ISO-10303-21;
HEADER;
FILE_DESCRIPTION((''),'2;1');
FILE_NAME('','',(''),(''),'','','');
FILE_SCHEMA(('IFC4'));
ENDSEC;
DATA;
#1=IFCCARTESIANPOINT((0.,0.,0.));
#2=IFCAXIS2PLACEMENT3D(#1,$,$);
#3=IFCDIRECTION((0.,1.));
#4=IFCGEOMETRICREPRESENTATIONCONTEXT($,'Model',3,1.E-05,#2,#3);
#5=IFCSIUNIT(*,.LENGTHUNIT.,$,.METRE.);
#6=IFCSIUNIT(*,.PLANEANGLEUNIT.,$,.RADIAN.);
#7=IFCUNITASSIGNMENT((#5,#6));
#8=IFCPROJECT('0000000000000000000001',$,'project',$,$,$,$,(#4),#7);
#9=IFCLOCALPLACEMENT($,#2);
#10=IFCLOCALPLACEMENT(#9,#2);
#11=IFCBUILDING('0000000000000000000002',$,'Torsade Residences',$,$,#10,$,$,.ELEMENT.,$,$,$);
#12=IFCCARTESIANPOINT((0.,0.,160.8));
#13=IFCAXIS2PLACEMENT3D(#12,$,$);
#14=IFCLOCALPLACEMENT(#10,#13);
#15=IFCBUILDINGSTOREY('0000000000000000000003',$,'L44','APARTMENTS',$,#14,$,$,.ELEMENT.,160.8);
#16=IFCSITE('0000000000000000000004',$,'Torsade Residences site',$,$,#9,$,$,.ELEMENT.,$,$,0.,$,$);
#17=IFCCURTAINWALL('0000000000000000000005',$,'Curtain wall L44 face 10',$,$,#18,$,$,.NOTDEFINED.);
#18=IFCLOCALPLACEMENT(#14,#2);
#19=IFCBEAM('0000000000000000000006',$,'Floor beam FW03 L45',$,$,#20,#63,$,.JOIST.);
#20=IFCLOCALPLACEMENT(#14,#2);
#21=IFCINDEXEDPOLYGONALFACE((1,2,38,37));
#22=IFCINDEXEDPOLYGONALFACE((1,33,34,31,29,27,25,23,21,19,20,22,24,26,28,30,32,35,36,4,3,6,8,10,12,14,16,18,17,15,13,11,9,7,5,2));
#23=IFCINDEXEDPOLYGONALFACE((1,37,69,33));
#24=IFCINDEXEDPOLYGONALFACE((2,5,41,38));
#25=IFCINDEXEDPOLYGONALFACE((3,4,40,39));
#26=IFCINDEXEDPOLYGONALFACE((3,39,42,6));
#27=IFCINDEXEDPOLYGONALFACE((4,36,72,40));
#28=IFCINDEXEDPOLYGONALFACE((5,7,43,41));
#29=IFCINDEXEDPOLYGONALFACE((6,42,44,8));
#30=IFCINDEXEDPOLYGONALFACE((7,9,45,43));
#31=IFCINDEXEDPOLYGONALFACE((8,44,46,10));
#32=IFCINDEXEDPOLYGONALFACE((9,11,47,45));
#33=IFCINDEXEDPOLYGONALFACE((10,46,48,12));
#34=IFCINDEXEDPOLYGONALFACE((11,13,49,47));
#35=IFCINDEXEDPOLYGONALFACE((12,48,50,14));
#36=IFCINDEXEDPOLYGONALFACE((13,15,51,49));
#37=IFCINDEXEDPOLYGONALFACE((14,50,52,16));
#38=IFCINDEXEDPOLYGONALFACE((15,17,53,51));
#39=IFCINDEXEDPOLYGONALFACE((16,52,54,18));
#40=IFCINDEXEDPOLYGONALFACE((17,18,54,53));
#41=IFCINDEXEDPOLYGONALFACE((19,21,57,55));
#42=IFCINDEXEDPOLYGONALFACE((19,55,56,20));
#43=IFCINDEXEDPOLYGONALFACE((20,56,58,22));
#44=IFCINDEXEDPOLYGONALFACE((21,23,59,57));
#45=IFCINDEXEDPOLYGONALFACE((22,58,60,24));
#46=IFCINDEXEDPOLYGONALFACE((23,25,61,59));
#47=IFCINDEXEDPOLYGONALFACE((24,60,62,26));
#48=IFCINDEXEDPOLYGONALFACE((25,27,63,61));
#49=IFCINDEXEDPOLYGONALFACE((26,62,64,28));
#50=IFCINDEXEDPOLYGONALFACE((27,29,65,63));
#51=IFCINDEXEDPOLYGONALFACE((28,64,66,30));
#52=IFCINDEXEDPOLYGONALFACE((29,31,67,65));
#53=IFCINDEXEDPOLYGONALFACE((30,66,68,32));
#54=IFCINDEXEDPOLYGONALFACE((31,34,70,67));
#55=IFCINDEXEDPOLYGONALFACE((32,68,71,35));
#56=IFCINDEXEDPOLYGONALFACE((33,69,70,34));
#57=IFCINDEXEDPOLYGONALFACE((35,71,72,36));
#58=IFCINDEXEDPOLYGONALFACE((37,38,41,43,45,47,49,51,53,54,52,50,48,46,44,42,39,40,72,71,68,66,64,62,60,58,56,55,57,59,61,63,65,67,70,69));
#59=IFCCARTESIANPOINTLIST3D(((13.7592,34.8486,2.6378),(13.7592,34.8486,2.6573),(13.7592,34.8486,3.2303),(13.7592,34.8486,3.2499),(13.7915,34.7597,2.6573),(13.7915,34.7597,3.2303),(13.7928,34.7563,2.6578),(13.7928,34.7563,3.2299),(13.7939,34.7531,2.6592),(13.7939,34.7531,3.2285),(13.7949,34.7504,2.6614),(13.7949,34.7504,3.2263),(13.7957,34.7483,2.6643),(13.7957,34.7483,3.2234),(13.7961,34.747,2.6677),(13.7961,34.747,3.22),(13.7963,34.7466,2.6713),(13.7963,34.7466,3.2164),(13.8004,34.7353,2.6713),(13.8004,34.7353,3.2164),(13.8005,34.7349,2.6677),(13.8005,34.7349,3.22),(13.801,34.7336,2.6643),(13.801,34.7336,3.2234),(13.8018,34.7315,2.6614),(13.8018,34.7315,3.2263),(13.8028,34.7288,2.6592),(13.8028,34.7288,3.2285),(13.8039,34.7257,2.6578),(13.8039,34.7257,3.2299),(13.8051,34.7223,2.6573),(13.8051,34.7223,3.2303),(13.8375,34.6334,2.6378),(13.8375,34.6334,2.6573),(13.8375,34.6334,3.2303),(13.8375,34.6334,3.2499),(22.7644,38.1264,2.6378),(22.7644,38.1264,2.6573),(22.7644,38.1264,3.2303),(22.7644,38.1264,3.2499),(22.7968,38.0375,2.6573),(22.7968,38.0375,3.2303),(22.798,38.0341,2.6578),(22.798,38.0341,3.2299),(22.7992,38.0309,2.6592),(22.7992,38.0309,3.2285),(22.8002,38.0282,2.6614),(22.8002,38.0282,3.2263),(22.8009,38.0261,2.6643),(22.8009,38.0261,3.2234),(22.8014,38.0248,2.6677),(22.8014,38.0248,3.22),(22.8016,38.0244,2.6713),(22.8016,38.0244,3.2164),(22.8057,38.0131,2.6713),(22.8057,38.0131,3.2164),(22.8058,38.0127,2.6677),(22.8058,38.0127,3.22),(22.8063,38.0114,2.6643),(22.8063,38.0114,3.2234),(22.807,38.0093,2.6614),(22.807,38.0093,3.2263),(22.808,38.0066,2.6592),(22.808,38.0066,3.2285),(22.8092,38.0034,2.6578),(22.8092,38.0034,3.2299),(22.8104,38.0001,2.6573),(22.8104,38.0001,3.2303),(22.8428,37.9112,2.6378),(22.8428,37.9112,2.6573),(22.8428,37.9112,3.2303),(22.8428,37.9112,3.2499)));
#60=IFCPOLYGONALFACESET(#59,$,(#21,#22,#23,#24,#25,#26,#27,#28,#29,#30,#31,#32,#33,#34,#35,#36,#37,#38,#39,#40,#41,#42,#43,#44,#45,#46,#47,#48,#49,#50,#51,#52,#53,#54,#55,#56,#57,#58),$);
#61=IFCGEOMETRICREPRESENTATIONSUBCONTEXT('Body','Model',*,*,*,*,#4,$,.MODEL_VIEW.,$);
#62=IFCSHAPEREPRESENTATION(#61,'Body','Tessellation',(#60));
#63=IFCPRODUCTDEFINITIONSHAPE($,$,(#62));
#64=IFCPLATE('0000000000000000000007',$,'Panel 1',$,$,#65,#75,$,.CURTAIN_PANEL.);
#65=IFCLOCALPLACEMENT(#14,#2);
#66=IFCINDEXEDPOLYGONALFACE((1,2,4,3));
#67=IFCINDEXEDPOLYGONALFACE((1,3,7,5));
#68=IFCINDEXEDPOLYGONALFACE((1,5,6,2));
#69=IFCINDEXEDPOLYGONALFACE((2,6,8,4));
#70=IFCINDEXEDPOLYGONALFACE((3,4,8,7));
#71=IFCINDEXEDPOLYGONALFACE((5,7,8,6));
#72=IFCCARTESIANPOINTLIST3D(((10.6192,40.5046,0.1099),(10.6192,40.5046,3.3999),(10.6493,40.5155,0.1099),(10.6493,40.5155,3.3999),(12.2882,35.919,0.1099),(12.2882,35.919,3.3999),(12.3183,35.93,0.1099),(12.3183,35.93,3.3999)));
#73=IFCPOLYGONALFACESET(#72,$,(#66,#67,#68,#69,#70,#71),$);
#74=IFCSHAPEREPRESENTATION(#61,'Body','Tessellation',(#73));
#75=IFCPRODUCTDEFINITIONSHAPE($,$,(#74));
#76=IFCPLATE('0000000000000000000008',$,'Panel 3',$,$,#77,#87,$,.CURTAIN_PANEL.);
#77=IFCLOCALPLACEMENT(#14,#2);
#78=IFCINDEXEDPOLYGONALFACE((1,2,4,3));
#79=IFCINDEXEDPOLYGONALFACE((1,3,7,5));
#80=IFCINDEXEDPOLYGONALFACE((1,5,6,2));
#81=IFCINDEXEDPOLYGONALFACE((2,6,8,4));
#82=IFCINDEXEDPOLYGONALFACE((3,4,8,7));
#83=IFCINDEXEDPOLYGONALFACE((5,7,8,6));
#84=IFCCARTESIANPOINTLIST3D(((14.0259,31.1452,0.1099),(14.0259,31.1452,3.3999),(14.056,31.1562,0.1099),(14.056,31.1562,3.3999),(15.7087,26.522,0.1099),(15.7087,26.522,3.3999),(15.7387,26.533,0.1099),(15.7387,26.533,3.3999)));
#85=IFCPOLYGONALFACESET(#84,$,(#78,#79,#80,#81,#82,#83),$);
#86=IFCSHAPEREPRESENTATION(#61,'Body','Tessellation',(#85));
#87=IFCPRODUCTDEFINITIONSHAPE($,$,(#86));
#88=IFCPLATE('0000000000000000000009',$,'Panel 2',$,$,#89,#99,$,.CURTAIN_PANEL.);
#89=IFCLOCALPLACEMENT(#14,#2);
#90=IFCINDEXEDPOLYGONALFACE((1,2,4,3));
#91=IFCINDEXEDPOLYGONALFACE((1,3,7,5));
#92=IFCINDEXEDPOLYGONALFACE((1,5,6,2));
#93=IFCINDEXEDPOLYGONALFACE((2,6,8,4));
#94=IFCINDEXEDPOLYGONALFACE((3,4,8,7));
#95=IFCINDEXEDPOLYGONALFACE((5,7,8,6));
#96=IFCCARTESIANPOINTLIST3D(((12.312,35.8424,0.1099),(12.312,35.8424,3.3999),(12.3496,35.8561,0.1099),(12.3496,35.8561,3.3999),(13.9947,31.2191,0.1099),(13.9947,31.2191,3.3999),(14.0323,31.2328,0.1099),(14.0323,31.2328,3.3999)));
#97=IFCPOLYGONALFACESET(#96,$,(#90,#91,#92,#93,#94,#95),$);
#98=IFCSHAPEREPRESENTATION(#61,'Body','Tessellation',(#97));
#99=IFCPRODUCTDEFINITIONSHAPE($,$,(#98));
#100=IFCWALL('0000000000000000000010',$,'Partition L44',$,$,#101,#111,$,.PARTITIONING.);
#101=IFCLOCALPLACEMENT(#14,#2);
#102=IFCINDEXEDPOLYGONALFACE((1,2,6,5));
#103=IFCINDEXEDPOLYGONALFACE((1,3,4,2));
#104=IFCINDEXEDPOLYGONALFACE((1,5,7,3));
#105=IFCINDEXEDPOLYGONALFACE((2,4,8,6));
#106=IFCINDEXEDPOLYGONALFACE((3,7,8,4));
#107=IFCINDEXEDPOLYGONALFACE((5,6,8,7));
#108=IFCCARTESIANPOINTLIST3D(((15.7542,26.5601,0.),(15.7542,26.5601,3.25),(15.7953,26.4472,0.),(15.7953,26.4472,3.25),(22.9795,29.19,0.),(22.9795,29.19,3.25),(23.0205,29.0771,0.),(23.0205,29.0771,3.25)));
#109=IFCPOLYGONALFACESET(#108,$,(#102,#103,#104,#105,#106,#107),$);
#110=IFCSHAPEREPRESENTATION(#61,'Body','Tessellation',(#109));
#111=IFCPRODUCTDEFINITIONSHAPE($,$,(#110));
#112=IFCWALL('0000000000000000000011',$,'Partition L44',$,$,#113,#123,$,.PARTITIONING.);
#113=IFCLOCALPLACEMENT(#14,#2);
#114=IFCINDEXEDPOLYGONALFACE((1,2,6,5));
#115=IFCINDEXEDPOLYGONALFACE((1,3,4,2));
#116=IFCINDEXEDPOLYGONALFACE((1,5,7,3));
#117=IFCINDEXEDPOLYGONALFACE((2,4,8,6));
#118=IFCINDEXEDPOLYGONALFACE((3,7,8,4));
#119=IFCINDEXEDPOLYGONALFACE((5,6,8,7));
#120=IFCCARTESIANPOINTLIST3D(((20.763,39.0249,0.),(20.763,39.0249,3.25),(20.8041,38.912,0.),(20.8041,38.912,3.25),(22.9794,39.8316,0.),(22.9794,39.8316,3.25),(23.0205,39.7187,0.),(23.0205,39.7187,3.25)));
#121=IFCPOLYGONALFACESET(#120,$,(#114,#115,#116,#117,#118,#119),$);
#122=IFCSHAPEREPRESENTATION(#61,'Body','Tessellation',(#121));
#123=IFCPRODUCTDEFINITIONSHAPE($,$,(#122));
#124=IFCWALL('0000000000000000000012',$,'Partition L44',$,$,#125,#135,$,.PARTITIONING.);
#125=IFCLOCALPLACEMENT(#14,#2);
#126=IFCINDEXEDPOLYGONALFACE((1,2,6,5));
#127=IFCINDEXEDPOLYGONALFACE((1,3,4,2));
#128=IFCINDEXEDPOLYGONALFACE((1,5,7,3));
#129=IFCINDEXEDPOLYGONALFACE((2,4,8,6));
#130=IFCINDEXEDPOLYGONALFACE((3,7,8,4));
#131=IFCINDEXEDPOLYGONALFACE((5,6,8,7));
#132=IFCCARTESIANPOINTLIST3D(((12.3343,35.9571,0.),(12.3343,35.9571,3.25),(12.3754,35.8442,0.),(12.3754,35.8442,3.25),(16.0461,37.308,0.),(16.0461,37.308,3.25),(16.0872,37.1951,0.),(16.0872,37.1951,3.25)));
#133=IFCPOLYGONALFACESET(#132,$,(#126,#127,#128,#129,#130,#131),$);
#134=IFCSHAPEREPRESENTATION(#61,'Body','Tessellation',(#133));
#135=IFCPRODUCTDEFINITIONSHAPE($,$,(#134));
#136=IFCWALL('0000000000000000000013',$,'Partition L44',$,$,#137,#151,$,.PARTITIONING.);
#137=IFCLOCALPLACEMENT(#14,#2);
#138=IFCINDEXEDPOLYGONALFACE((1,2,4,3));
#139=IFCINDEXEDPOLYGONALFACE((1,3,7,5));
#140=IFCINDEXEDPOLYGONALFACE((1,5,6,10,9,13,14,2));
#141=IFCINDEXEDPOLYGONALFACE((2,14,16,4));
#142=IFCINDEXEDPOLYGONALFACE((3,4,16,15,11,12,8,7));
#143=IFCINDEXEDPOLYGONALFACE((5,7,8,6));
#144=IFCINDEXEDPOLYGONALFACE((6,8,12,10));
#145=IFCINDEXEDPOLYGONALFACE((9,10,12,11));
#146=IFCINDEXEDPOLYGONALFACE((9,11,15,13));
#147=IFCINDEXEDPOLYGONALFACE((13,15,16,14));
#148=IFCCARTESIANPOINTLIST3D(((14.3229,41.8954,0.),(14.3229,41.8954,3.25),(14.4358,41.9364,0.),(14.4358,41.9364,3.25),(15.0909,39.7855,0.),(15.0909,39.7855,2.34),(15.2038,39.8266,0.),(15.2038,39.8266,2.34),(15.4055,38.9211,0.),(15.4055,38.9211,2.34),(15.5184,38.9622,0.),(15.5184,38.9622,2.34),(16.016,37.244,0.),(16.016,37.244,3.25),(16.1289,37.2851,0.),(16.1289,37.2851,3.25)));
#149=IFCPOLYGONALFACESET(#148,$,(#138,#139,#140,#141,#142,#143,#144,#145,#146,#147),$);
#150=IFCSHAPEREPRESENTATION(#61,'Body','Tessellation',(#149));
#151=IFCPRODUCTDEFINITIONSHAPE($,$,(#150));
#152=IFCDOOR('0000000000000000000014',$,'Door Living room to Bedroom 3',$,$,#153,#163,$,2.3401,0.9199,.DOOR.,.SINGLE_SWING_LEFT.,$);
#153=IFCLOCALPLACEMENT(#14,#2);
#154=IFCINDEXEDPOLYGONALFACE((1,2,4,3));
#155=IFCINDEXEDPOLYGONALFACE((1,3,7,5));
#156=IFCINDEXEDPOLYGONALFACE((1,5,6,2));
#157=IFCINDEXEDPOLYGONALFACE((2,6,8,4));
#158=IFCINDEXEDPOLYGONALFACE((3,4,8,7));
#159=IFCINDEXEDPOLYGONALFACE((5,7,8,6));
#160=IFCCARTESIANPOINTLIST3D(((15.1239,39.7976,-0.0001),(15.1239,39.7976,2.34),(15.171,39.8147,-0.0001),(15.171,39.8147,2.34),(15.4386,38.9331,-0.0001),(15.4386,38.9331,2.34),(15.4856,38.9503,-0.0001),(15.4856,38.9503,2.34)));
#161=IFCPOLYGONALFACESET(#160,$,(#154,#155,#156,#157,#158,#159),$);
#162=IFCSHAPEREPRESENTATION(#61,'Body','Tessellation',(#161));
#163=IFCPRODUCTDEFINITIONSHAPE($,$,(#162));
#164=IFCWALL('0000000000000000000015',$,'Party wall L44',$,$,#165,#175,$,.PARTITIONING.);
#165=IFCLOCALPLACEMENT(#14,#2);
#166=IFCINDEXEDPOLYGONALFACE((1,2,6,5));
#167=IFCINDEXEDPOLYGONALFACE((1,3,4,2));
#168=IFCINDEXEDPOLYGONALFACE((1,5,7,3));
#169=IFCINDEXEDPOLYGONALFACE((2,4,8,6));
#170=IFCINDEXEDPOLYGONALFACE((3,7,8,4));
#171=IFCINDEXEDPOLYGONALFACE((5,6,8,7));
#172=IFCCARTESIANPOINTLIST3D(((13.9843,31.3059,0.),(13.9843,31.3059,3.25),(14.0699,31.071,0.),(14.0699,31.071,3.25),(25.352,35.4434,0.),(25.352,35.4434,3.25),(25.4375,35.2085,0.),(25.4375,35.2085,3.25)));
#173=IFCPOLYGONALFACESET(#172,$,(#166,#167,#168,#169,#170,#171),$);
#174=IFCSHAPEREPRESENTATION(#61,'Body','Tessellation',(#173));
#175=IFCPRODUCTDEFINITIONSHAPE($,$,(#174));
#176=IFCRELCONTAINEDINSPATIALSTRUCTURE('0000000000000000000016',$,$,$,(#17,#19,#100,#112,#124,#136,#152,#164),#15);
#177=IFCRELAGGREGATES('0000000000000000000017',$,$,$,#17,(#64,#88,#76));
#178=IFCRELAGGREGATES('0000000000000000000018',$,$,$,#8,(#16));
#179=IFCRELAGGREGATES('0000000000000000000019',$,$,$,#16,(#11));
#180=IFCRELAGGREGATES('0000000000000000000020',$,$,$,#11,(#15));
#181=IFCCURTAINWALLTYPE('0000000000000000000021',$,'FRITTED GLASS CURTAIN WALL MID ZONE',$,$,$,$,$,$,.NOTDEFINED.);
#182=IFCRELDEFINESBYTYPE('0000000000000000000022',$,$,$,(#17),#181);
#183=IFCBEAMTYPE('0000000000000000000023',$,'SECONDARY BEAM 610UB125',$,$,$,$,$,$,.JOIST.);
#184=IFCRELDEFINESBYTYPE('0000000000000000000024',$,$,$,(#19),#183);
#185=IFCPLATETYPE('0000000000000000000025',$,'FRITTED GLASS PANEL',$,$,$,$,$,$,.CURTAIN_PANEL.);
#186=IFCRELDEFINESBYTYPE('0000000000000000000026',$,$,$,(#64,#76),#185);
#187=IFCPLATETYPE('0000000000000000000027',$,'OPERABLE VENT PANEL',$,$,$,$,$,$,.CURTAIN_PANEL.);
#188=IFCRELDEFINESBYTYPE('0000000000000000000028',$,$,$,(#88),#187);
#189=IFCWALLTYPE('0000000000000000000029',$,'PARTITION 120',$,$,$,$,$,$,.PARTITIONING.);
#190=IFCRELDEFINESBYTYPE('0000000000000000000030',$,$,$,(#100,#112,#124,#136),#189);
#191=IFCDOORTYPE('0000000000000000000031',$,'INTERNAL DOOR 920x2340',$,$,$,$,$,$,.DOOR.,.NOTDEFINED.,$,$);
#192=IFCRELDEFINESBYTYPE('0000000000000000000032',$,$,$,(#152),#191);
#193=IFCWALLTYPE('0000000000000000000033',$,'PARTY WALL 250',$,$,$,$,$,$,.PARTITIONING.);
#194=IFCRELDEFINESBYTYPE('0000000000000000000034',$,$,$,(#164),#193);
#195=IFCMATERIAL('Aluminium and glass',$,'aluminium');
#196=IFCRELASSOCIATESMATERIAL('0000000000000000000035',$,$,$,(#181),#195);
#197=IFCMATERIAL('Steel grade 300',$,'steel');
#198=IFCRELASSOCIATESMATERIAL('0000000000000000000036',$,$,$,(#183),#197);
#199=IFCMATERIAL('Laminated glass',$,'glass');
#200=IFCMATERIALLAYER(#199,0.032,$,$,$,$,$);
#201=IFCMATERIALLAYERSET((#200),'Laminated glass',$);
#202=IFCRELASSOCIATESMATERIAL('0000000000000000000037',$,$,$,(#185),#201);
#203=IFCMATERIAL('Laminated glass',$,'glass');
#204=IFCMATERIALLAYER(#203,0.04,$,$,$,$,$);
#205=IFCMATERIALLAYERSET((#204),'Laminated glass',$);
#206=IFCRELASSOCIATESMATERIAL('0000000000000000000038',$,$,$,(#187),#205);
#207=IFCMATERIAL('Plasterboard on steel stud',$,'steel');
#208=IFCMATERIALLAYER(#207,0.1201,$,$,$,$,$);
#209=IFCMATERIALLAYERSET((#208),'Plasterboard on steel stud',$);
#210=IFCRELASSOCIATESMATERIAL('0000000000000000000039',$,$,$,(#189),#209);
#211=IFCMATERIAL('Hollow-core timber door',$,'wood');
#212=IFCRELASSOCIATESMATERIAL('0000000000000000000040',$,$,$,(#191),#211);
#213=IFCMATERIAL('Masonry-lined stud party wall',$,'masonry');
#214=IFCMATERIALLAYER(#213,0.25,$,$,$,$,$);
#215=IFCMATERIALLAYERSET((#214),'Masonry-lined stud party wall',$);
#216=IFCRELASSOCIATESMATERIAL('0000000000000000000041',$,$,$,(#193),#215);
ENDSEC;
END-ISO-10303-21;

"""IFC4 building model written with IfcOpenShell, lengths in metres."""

from ifc_helpers import new_model, si_unit, direction, frame, frame_2d, origin, origin_2d, place, context, subcontext, project, spatial, rectangle, i_section, extrude, material, layer, layer_set, material_profile, profile_set, type_object, element, fill, aggregate, save


model = new_model("IFC4")

# Units and contexts
model_context = context("Model", 3, precision=1e-05, world=origin(), true_north=direction((0.0, 1.0)))
body_context = subcontext(model_context, "Body", "Model", "MODEL_VIEW")
ifc_project = project(units=[si_unit("LENGTHUNIT", "METRE"), si_unit("PLANEANGLEUNIT", "RADIAN")], contexts=[model_context])

# Site, building, storey
site_placement = place(None, origin())
site = spatial("IfcSite", under=ifc_project, at=site_placement, Name="Torsade Residences site", CompositionType="ELEMENT", RefElevation=0.0)
building_placement = place(site_placement, origin())
building = spatial("IfcBuilding", under=site, at=building_placement, Name="Torsade Residences", CompositionType="ELEMENT")
storey_placement = place(building_placement, frame((0.0, 0.0, 160.8)))
storey = spatial("IfcBuildingStorey", under=building, at=storey_placement, Name="L44", Description="APARTMENTS", CompositionType="ELEMENT", Elevation=160.8)

# Curtain wall
ifc_material_1 = material(Name="Aluminium and glass", Category="aluminium")
curtain_wall_type = type_object("IfcCurtainWallType", Name="FRITTED GLASS CURTAIN WALL MID ZONE", PredefinedType="NOTDEFINED", material=ifc_material_1)
curtain_wall_placement = place(storey_placement, origin())
curtain_wall = element("IfcCurtainWall", 1, at=curtain_wall_placement, inside=storey, type_object=curtain_wall_type, Name="Curtain wall L44 face 10", PredefinedType="NOTDEFINED")

# Beam
ifc_material_2 = material(Name="Steel grade 300", Category="steel")
ifc_material_profile_1 = material_profile(ifc_material_2, i_section(OverallWidth=0.229, OverallDepth=0.6121, WebThickness=0.012, FlangeThickness=0.0195, FilletRadius=0.0139, at=origin_2d()), Name="610UB125")
ifc_profile_set_1 = profile_set([ifc_material_profile_1], Name="Steel grade 300")
beam_type_1 = type_object("IfcBeamType", Name="SECONDARY BEAM 610UB125", PredefinedType="JOIST", material=ifc_profile_set_1)
beam_1_placement = place(storey_placement, frame((13.7983, 34.741, 2.9438), z_axis=(0.939688, 0.342034, 0.0), x_axis=(-0.342034, 0.939688, 0.0)))
element("IfcBeam", 2, at=beam_1_placement, inside=storey, type_object=beam_type_1, Name="Floor beam FW03 L45", PredefinedType="JOIST", context=body_context, shape_type="SweptSolid", body=[
    extrude(i_section(OverallWidth=0.229, OverallDepth=0.6121, WebThickness=0.012, FlangeThickness=0.0195, FilletRadius=0.0139, at=origin_2d()), origin(), (0.0, 0.0, 1.0), 9.5833),
])

# Plates
ifc_material_3 = material(Name="Laminated glass", Category="glass")
ifc_layer_1 = layer(ifc_material_3, 0.032)
ifc_layer_set_1 = layer_set([ifc_layer_1], Name="Laminated glass")
plate_type_1 = type_object("IfcPlateType", Name="FRITTED GLASS PANEL", PredefinedType="CURTAIN_PANEL", material=ifc_layer_set_1)
plate_1_placement = place(storey_placement, frame((11.4688, 38.2173, 0.1099), z_axis=(0.0, 0.0, 1.0), x_axis=(0.34202, -0.939693, 0.0)))
plate_1 = element("IfcPlate", 3, at=plate_1_placement, type_object=plate_type_1, Name="Panel 1", PredefinedType="CURTAIN_PANEL", context=body_context, shape_type="SweptSolid", body=[
    extrude(rectangle(XDim=4.8799, YDim=0.032, at=origin_2d()), origin(), (0.0, 0.0, 1.0), 3.29),
])
plate_2_placement = place(storey_placement, frame((14.8823, 28.8391, 0.1099), z_axis=(0.0, 0.0, 1.0), x_axis=(0.34202, -0.939693, 0.0)))
plate_2 = element("IfcPlate", 4, at=plate_2_placement, type_object=plate_type_1, Name="Panel 3", PredefinedType="CURTAIN_PANEL", context=body_context, shape_type="SweptSolid", body=[
    extrude(rectangle(XDim=4.9199, YDim=0.032, at=origin_2d()), origin(), (0.0, 0.0, 1.0), 3.29),
])
ifc_material_4 = material(Name="Laminated glass", Category="glass")
ifc_layer_2 = layer(ifc_material_4, 0.04)
ifc_layer_set_2 = layer_set([ifc_layer_2], Name="Laminated glass")
plate_type_2 = type_object("IfcPlateType", Name="OPERABLE VENT PANEL", PredefinedType="CURTAIN_PANEL", material=ifc_layer_set_2)
plate_3_placement = place(storey_placement, frame((13.1721, 33.5376, 0.1099), z_axis=(0.0, 0.0, 1.0), x_axis=(0.34202, -0.939693, 0.0)))
plate_3 = element("IfcPlate", 5, at=plate_3_placement, type_object=plate_type_2, Name="Panel 2", PredefinedType="CURTAIN_PANEL", context=body_context, shape_type="SweptSolid", body=[
    extrude(rectangle(XDim=4.9199, YDim=0.04, at=origin_2d()), origin(), (0.0, 0.0, 1.0), 3.29),
])
aggregate(curtain_wall, [plate_1, plate_3, plate_2])

# Walls
ifc_material_5 = material(Name="Plasterboard on steel stud", Category="steel")
ifc_layer_3 = layer(ifc_material_5, 0.1201)
ifc_layer_set_3 = layer_set([ifc_layer_3], Name="Plasterboard on steel stud")
wall_type_1 = type_object("IfcWallType", Name="PARTITION 120", PredefinedType="PARTITIONING", material=ifc_layer_set_3)
wall_1_placement = place(storey_placement, frame((23.0, 29.1335, 0.0), z_axis=(0.0, 0.0, 1.0), x_axis=(-0.939686, -0.342039, 0.0)))
element("IfcWall", 6, at=wall_1_placement, inside=storey, type_object=wall_type_1, Name="Partition L44", PredefinedType="PARTITIONING", context=body_context, shape_type="SweptSolid", body=[
    extrude(rectangle(XDim=7.689, YDim=0.1201, at=frame_2d((3.8445, 0.0))), origin(), (0.0, 0.0, 1.0), 3.25),
])
wall_2_placement = place(storey_placement, frame((20.7837, 38.9685, 0.0), z_axis=(0.0, 0.0, 1.0), x_axis=(0.939697, 0.342009, 0.0)))
element("IfcWall", 7, at=wall_2_placement, inside=storey, type_object=wall_type_1, Name="Partition L44", PredefinedType="PARTITIONING", context=body_context, shape_type="SweptSolid", body=[
    extrude(rectangle(XDim=2.3586, YDim=0.1201, at=frame_2d((1.1792, 0.0))), origin(), (0.0, 0.0, 1.0), 3.25),
])
wall_3_placement = place(storey_placement, frame((12.3547, 35.9006, 0.0), z_axis=(0.0, 0.0, 1.0), x_axis=(0.939701, 0.341996, 0.0)))
element("IfcWall", 8, at=wall_3_placement, inside=storey, type_object=wall_type_1, Name="Partition L44", PredefinedType="PARTITIONING", context=body_context, shape_type="SweptSolid", body=[
    extrude(rectangle(XDim=3.95, YDim=0.1201, at=frame_2d((1.9751, 0.0))), origin(), (0.0, 0.0, 1.0), 3.25),
])

# Wall, opening, door
wall_4_placement = place(storey_placement, frame((16.0725, 37.2644, 0.0), z_axis=(0.0, 0.0, 1.0), x_axis=(-0.342048, 0.939682, 0.0)))
wall_4 = element("IfcWall", 9, at=wall_4_placement, inside=storey, type_object=wall_type_1, Name="Partition L44", PredefinedType="PARTITIONING", context=body_context, shape_type="SweptSolid", body=[
    extrude(rectangle(XDim=4.95, YDim=0.1201, at=frame_2d((2.4751, 0.0))), origin(), (0.0, 0.0, 1.0), 3.25),
])
opening_placement = place(wall_4_placement, frame((1.7849, 0.0, 0.0)))
opening = element("IfcOpeningElement", 10, at=opening_placement, cuts=wall_4, PredefinedType="OPENING", context=body_context, shape_type="SweptSolid", body=[
    extrude(rectangle(XDim=0.9199, YDim=2.3401, at=frame_2d((0.46, 1.1699))), frame((0.0, 0.0701, 0.0), z_axis=(0.0, -1.0, 0.0), x_axis=(1.0, 0.0, 0.0)), (0.0, 0.0, 1.0), 0.1401),
])
ifc_material_6 = material(Name="Hollow-core timber door", Category="wood")
door_type = type_object("IfcDoorType", Name="INTERNAL DOOR 920x2340", OperationType="NOTDEFINED", PredefinedType="DOOR", material=ifc_material_6)
door_placement = place(opening_placement, origin())
door = element("IfcDoor", 11, at=door_placement, inside=storey, type_object=door_type, Name="Door Living room to Bedroom 3", OperationType="SINGLE_SWING_LEFT", OverallHeight=2.3401, OverallWidth=0.9199, PredefinedType="DOOR", context=body_context, shape_type="SweptSolid", body=[
    extrude(rectangle(XDim=0.9199, YDim=2.3401, at=frame_2d((0.46, 1.1699))), frame((0.0, 0.0249, 0.0), z_axis=(0.0, -1.0, 0.0), x_axis=(1.0, 0.0, 0.0)), (0.0, 0.0, 1.0), 0.05),
])
fill(opening, door)

# Wall
ifc_material_7 = material(Name="Masonry-lined stud party wall", Category="masonry")
ifc_layer_4 = layer(ifc_material_7, 0.25)
ifc_layer_set_4 = layer_set([ifc_layer_4], Name="Masonry-lined stud party wall")
wall_type_2 = type_object("IfcWallType", Name="PARTY WALL 250", PredefinedType="PARTITIONING", material=ifc_layer_set_4)
wall_5_placement = place(storey_placement, frame((14.0271, 31.1885, 0.0), z_axis=(0.0, 0.0, 1.0), x_axis=(0.939694, 0.342017, 0.0)))
element("IfcWall", 12, at=wall_5_placement, inside=storey, type_object=wall_type_2, Name="Party wall L44", PredefinedType="PARTITIONING", context=body_context, shape_type="SweptSolid", body=[
    extrude(rectangle(XDim=12.0972, YDim=0.25, at=frame_2d((6.0486, 0.0))), origin(), (0.0, 0.0, 1.0), 3.25),
])

save(model, "model.ifc")
